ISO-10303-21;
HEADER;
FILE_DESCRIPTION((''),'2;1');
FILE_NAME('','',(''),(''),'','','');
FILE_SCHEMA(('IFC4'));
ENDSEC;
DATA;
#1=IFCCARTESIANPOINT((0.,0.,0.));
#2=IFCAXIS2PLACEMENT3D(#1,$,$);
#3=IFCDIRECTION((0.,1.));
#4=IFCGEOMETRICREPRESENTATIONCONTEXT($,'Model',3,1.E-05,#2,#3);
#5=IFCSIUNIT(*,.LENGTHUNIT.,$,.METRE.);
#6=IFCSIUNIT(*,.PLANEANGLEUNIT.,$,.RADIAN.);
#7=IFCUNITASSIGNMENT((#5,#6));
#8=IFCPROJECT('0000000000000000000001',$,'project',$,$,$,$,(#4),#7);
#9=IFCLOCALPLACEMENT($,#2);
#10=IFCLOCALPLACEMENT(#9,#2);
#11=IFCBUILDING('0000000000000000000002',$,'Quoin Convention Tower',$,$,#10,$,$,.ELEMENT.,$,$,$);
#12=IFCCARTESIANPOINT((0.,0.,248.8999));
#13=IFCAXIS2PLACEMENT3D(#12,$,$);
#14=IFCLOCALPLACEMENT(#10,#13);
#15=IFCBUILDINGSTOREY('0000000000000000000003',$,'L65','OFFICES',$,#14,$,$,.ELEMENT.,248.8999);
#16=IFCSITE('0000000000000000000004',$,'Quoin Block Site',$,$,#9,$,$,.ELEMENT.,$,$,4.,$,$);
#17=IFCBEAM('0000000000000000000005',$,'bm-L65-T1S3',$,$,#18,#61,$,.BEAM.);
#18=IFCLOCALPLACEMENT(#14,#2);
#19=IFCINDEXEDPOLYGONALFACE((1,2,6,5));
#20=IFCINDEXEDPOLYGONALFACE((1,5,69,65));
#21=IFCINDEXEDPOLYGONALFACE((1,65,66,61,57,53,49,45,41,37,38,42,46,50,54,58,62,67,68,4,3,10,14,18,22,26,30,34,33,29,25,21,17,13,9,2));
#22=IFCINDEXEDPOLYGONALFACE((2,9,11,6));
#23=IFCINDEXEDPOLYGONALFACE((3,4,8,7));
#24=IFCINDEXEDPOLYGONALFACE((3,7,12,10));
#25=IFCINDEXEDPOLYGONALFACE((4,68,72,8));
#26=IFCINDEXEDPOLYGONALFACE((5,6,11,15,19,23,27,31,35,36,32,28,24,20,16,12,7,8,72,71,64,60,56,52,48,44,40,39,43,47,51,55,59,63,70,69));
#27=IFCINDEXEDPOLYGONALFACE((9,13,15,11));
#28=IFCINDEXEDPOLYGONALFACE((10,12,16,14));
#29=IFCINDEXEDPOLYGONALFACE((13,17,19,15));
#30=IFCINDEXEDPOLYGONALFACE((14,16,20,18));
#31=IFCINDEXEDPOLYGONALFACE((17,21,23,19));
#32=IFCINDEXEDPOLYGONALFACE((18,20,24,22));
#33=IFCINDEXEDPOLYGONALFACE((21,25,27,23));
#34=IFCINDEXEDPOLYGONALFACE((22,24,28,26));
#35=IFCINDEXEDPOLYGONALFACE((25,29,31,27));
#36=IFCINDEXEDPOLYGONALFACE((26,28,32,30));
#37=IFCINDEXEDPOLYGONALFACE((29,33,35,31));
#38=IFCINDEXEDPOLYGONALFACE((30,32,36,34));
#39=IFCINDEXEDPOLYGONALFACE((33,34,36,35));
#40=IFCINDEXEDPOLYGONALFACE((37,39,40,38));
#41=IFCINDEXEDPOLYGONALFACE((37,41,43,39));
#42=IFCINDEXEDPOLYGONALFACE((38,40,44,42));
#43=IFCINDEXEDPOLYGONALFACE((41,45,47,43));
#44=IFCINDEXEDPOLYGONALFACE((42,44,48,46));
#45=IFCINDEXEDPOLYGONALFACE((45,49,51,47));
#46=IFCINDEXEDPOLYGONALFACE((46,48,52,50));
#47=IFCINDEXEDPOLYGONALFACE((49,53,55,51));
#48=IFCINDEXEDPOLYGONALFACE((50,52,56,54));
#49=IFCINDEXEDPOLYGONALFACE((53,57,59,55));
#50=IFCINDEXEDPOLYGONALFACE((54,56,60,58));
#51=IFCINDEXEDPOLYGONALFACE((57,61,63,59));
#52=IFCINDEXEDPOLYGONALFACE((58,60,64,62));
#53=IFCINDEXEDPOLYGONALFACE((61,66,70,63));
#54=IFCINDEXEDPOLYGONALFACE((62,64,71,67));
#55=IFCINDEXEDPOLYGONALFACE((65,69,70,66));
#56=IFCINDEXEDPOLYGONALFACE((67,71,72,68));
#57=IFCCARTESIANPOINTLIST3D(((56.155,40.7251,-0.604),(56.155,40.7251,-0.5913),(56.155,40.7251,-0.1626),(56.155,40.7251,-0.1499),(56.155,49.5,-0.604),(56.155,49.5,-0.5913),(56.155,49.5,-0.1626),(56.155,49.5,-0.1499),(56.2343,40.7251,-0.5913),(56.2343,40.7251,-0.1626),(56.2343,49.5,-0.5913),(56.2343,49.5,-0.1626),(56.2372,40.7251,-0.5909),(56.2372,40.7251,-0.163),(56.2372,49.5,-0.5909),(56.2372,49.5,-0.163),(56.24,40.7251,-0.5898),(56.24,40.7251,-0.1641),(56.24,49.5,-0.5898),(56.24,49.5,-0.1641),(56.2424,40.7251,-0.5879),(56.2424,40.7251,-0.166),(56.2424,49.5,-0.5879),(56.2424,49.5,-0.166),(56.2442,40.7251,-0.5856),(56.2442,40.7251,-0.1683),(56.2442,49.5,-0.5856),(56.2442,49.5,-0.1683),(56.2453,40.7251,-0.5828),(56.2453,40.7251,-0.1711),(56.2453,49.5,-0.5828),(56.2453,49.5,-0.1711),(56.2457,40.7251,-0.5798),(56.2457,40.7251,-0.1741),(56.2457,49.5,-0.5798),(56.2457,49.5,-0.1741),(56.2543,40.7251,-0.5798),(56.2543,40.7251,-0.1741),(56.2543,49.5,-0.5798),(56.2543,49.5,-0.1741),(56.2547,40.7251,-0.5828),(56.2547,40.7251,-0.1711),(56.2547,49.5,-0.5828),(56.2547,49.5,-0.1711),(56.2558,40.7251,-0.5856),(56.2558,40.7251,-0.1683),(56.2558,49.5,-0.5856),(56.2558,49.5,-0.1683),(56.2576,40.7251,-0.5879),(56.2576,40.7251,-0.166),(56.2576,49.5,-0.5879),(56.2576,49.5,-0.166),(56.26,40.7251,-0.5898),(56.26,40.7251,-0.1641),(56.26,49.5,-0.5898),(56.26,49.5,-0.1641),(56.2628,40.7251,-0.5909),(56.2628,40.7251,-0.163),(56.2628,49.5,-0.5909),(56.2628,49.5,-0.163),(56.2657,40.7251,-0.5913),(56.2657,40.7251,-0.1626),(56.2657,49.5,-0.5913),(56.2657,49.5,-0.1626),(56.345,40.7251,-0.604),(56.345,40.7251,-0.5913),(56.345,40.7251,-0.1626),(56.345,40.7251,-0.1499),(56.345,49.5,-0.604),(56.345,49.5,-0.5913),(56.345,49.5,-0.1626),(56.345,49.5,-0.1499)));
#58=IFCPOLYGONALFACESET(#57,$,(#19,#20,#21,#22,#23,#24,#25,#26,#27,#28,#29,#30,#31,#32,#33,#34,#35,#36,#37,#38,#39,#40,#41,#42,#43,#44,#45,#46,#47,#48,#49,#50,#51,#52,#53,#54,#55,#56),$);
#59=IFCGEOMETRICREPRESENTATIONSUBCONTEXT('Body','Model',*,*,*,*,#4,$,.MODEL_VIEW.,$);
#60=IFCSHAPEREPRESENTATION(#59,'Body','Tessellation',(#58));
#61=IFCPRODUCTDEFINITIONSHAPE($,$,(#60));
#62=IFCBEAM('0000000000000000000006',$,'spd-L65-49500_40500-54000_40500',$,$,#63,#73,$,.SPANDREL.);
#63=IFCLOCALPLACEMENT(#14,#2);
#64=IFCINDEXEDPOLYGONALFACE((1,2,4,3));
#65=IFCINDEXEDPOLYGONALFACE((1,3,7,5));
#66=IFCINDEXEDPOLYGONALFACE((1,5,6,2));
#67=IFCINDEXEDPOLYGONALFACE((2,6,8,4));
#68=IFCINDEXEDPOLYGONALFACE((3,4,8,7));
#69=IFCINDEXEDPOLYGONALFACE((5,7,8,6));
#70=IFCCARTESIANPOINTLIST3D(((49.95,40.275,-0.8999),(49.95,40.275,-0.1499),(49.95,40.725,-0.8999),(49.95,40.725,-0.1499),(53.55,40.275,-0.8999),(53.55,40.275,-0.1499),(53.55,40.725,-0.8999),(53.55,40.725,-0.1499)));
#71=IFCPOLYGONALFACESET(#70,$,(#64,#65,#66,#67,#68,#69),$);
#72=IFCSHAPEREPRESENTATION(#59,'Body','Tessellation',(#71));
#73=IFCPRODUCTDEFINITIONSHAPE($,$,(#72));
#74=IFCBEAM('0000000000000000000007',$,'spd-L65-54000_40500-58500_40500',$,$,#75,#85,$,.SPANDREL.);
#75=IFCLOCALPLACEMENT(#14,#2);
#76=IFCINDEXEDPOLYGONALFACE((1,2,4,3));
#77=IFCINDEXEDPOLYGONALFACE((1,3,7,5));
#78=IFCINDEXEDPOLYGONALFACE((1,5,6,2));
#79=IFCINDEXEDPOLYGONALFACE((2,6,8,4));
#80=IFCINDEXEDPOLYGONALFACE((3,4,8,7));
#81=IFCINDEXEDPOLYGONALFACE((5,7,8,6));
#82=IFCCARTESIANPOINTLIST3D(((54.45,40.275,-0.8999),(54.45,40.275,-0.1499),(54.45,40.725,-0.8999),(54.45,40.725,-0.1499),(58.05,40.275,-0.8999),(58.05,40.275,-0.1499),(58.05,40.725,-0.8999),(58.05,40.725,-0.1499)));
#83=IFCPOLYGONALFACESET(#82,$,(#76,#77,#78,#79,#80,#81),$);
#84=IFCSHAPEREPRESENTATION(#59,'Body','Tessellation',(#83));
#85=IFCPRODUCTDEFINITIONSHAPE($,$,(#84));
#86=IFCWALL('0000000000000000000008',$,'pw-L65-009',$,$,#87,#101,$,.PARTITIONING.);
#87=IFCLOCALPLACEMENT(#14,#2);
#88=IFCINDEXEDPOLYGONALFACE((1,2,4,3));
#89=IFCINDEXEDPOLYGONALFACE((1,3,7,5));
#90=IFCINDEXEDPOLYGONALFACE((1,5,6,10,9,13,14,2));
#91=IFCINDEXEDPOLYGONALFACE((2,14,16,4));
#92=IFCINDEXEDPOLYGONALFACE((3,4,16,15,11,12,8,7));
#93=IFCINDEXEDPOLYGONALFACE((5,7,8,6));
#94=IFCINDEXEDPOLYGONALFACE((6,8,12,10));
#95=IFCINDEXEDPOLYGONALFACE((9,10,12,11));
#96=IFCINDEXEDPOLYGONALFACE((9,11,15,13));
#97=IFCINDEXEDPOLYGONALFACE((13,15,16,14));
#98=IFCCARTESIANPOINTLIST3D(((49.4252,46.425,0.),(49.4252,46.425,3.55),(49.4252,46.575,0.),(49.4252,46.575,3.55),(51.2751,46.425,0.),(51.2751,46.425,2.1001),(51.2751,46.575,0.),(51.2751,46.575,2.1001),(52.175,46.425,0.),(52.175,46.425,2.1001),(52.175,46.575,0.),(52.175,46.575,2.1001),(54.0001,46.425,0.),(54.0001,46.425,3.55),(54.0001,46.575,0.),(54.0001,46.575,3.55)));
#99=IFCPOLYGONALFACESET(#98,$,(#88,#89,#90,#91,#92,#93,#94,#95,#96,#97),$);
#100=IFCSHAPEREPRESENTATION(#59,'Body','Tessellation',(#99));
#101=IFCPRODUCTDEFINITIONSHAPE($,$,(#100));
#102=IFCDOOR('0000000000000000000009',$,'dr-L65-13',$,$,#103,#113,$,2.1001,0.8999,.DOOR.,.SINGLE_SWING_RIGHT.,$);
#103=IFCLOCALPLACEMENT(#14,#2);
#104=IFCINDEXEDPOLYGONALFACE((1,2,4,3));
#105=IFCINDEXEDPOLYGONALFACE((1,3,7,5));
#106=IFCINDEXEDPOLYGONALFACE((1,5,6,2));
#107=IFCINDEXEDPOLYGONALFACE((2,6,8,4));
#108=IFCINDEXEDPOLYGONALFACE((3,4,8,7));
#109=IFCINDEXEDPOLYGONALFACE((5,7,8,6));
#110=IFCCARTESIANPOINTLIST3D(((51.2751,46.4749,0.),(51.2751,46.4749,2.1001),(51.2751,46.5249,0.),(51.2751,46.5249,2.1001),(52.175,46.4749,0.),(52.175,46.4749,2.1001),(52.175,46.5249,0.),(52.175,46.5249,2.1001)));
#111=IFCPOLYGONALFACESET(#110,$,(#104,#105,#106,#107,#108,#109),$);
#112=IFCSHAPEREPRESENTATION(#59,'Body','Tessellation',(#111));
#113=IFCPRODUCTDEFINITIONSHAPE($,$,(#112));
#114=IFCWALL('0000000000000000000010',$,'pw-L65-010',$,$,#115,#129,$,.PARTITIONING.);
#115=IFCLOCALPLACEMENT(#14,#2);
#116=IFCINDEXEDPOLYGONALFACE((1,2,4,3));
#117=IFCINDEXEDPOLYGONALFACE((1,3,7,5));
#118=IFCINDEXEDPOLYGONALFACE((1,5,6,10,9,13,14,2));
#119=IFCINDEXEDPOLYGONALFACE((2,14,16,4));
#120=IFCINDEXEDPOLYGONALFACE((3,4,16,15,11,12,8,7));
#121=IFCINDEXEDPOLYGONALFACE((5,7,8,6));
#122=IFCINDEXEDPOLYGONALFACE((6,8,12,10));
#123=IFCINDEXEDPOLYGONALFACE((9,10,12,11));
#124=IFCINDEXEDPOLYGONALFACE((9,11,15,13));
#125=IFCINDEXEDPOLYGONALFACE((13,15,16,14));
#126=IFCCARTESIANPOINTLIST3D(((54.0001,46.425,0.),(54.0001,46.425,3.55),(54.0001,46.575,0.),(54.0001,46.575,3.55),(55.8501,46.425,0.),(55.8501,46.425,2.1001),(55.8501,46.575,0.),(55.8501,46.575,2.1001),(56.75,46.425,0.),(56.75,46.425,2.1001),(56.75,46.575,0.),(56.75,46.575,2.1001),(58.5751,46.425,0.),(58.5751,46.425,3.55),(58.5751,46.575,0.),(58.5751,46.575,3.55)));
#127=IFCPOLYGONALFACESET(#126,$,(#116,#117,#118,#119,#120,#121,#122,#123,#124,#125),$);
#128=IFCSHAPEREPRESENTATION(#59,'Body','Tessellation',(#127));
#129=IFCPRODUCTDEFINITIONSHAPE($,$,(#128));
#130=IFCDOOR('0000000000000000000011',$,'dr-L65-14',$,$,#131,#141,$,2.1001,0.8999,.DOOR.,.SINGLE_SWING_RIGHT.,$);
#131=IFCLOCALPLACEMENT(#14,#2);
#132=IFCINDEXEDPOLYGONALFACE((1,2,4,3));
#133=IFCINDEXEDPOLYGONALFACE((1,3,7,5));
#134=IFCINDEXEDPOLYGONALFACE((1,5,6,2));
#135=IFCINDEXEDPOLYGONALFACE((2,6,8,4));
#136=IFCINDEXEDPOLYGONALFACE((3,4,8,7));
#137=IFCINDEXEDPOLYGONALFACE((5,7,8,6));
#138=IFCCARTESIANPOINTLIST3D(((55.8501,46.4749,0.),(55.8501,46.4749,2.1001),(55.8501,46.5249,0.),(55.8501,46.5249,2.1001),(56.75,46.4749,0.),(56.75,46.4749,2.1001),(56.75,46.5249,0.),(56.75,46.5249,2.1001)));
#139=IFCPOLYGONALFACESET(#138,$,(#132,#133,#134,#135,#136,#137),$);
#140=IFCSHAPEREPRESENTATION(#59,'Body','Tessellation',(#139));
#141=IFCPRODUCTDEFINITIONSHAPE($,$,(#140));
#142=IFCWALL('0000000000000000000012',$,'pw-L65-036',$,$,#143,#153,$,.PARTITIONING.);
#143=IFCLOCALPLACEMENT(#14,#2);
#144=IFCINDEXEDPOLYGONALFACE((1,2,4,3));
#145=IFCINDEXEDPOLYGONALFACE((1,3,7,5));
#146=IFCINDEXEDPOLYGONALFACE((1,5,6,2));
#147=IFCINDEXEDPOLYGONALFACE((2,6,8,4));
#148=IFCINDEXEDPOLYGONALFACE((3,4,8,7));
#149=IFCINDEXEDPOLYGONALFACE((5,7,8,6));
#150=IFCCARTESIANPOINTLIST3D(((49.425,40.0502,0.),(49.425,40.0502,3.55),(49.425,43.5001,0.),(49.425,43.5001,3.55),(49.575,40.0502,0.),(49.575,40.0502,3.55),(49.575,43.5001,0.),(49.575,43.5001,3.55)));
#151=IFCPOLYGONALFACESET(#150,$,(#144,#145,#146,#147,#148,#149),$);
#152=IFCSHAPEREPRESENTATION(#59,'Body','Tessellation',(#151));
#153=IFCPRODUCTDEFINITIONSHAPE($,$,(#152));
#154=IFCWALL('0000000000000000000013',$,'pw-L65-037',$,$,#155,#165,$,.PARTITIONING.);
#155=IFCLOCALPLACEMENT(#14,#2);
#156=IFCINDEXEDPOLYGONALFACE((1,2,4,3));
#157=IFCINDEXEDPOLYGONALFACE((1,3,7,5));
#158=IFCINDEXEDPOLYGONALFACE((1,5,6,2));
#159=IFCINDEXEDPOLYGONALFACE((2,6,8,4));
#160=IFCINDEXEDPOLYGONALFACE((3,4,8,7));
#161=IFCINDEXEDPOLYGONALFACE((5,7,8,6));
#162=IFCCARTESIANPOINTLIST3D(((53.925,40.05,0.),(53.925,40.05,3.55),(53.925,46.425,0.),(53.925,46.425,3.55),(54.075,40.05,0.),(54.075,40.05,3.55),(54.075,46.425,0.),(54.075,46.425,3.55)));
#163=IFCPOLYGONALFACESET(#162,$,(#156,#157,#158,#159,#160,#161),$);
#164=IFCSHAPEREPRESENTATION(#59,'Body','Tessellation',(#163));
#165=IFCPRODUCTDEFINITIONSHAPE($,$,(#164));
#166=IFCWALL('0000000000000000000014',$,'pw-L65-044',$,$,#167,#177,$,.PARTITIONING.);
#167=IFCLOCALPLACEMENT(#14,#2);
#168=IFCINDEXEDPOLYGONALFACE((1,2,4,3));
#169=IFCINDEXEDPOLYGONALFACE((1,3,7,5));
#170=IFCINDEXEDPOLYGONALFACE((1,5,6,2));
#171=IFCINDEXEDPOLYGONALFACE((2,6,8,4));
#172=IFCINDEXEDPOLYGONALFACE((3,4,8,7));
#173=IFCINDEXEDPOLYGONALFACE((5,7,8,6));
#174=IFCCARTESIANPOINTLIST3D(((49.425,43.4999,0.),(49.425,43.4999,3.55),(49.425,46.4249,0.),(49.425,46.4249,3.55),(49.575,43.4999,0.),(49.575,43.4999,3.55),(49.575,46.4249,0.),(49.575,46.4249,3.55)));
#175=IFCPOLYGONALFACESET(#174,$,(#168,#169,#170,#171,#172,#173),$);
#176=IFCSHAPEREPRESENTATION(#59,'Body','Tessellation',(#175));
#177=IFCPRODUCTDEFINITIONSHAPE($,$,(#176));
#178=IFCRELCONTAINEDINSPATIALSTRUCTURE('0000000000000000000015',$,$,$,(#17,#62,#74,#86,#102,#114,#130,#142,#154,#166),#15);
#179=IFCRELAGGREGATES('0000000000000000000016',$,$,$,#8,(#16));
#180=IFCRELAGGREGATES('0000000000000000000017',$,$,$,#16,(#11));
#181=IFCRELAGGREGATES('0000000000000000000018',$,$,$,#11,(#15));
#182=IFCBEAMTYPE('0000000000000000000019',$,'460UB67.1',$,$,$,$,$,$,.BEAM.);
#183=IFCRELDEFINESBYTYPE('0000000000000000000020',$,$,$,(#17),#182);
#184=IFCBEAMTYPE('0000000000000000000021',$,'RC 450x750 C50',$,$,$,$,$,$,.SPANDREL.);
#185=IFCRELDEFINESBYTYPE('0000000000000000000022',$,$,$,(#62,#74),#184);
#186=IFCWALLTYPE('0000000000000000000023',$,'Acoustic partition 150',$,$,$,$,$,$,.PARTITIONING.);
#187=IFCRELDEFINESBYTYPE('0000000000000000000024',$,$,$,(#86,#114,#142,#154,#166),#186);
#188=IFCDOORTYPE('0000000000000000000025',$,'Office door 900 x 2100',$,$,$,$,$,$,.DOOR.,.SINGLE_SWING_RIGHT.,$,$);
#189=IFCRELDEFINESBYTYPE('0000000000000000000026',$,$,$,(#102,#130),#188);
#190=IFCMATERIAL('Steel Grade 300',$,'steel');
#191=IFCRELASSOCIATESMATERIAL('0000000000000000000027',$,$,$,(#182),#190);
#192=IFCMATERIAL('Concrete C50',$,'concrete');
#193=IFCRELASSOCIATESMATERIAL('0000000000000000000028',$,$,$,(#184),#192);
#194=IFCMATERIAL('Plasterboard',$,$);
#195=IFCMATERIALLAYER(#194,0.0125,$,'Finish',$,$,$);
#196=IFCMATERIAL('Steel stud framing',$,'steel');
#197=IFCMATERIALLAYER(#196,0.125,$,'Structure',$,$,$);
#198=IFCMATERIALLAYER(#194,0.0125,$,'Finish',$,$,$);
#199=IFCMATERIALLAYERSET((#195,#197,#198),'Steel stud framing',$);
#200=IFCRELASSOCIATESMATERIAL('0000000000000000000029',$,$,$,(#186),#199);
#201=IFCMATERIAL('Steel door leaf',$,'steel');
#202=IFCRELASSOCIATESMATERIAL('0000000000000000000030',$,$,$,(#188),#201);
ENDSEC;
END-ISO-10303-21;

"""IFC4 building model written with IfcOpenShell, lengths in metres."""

from ifc_helpers import new_model, si_unit, direction, frame, frame_2d, origin, origin_2d, place, context, subcontext, project, spatial, rectangle, i_section, extrude, material, layer, layer_set, material_profile, profile_set, type_object, element, fill, save


model = new_model("IFC4")

# Units and contexts
model_context = context("Model", 3, precision=1e-05, world=origin(), true_north=direction((0.0, 1.0)))
body_context = subcontext(model_context, "Body", "Model", "MODEL_VIEW")
ifc_project = project(units=[si_unit("LENGTHUNIT", "METRE"), si_unit("PLANEANGLEUNIT", "RADIAN")], contexts=[model_context])

# Site, building, storey
site_placement = place(None, origin())
site = spatial("IfcSite", under=ifc_project, at=site_placement, Name="Quoin Block Site", CompositionType="ELEMENT", RefElevation=4.0)
building_placement = place(site_placement, origin())
building = spatial("IfcBuilding", under=site, at=building_placement, Name="Quoin Convention Tower", CompositionType="ELEMENT")
storey_placement = place(building_placement, frame((0.0, 0.0, 248.8999)))
storey = spatial("IfcBuildingStorey", under=building, at=storey_placement, Name="L65", Description="OFFICES", CompositionType="ELEMENT", Elevation=248.8999)

# Shared definitions
ifc_material_1 = material(Name="Concrete C50", Category="concrete")

# Beams
ifc_material_2 = material(Name="Steel Grade 300", Category="steel")
ifc_material_profile_1 = material_profile(ifc_material_2, i_section(OverallWidth=0.1899, OverallDepth=0.4541, WebThickness=0.0085, FlangeThickness=0.0127, FilletRadius=0.0115, at=origin_2d()), Name="460UB67.1")
ifc_profile_set_1 = profile_set([ifc_material_profile_1], Name="Steel Grade 300")
beam_type_1 = type_object("IfcBeamType", Name="460UB67.1", PredefinedType="BEAM", material=ifc_profile_set_1)
for number, where, z_axis, x_axis, name in (
    (1, (56.25, 40.7251, -0.377), (0.0, 1.0, 0.0), (-1.0, 0.0, 0.0), "bm-L65-T1S3"),
):
    element("IfcBeam", number, at=place(storey_placement, frame(where, z_axis=z_axis, x_axis=x_axis)), inside=storey, type_object=beam_type_1, Name=name, PredefinedType="BEAM", context=body_context, shape_type="SweptSolid", body=[
        extrude(i_section(OverallWidth=0.1899, OverallDepth=0.4541, WebThickness=0.0085, FlangeThickness=0.0127, FilletRadius=0.0115, at=origin_2d()), origin(), (0.0, 0.0, 1.0), 8.7749),
    ])
ifc_material_profile_2 = material_profile(ifc_material_1, rectangle(XDim=0.45, YDim=0.75, at=origin_2d()), Name="RC 450x750")
ifc_profile_set_2 = profile_set([ifc_material_profile_2], Name="Concrete C50")
beam_type_2 = type_object("IfcBeamType", Name="RC 450x750 C50", PredefinedType="SPANDREL", material=ifc_profile_set_2)
for number, where, z_axis, x_axis, name in (
    (2, (49.95, 40.5, -0.5249), (1.0, 0.0, 0.0), (0.0, 1.0, 0.0), "spd-L65-49500_40500-54000_40500"),
    (3, (54.45, 40.5, -0.5249), (1.0, 0.0, 0.0), (0.0, 1.0, 0.0), "spd-L65-54000_40500-58500_40500"),
):
    element("IfcBeam", number, at=place(storey_placement, frame(where, z_axis=z_axis, x_axis=x_axis)), inside=storey, type_object=beam_type_2, Name=name, PredefinedType="SPANDREL", context=body_context, shape_type="SweptSolid", body=[
        extrude(rectangle(XDim=0.45, YDim=0.75, at=origin_2d()), origin(), (0.0, 0.0, 1.0), 3.6001),
    ])

# Walls, openings, doors
ifc_material_3 = material(Name="Plasterboard")
ifc_layer_1 = layer(ifc_material_3, 0.0125, Name="Finish")
ifc_material_4 = material(Name="Steel stud framing", Category="steel")
ifc_layer_2 = layer(ifc_material_4, 0.125, Name="Structure")
ifc_layer_3 = layer(ifc_material_3, 0.0125, Name="Finish")
ifc_layer_set_1 = layer_set([ifc_layer_1, ifc_layer_2, ifc_layer_3], Name="Steel stud framing")
wall_type_1 = type_object("IfcWallType", Name="Acoustic partition 150", PredefinedType="PARTITIONING", material=ifc_layer_set_1)
wall_1_placement = place(storey_placement, frame((49.425, 46.5, 0.0), z_axis=(0.0, 0.0, 1.0), x_axis=(1.0, 0.0, 0.0)))
wall_1 = element("IfcWall", 4, at=wall_1_placement, inside=storey, type_object=wall_type_1, Name="pw-L65-009", PredefinedType="PARTITIONING", context=body_context, shape_type="SweptSolid", body=[
    extrude(rectangle(XDim=4.575, YDim=0.1499, at=frame_2d((2.2876, 0.0))), origin(), (0.0, 0.0, 1.0), 3.55),
])
opening_1_placement = place(wall_1_placement, frame((1.8501, 0.0, 0.0)))
opening_1 = element("IfcOpeningElement", 5, at=opening_1_placement, cuts=wall_1, PredefinedType="OPENING", context=body_context, shape_type="SweptSolid", body=[
    extrude(rectangle(XDim=0.8999, YDim=2.1001, at=frame_2d((0.45, 1.05))), frame((0.0, 0.085, 0.0), z_axis=(0.0, -1.0, 0.0), x_axis=(1.0, 0.0, 0.0)), (0.0, 0.0, 1.0), 0.1699),
])
ifc_material_5 = material(Name="Steel door leaf", Category="steel")
door_type_1 = type_object("IfcDoorType", Name="Office door 900 x 2100", OperationType="SINGLE_SWING_RIGHT", PredefinedType="DOOR", material=ifc_material_5)
door_1_placement = place(opening_1_placement, origin())
door_1 = element("IfcDoor", 6, at=door_1_placement, inside=storey, type_object=door_type_1, Name="dr-L65-13", OperationType="SINGLE_SWING_RIGHT", OverallHeight=2.1001, OverallWidth=0.8999, PredefinedType="DOOR", context=body_context, shape_type="SweptSolid", body=[
    extrude(rectangle(XDim=0.8999, YDim=2.1001, at=frame_2d((0.45, 1.05))), frame((0.0, 0.0249, 0.0), z_axis=(0.0, -1.0, 0.0), x_axis=(1.0, 0.0, 0.0)), (0.0, 0.0, 1.0), 0.05),
])
fill(opening_1, door_1)
wall_2_placement = place(storey_placement, frame((54.0, 46.5, 0.0), z_axis=(0.0, 0.0, 1.0), x_axis=(1.0, 0.0, 0.0)))
wall_2 = element("IfcWall", 7, at=wall_2_placement, inside=storey, type_object=wall_type_1, Name="pw-L65-010", PredefinedType="PARTITIONING", context=body_context, shape_type="SweptSolid", body=[
    extrude(rectangle(XDim=4.575, YDim=0.1499, at=frame_2d((2.2876, 0.0))), origin(), (0.0, 0.0, 1.0), 3.55),
])
opening_2_placement = place(wall_2_placement, frame((1.8501, 0.0, 0.0)))
opening_2 = element("IfcOpeningElement", 8, at=opening_2_placement, cuts=wall_2, PredefinedType="OPENING", context=body_context, shape_type="SweptSolid", body=[
    extrude(rectangle(XDim=0.8999, YDim=2.1001, at=frame_2d((0.45, 1.05))), frame((0.0, 0.085, 0.0), z_axis=(0.0, -1.0, 0.0), x_axis=(1.0, 0.0, 0.0)), (0.0, 0.0, 1.0), 0.1699),
])
door_2_placement = place(opening_2_placement, origin())
door_2 = element("IfcDoor", 9, at=door_2_placement, inside=storey, type_object=door_type_1, Name="dr-L65-14", OperationType="SINGLE_SWING_RIGHT", OverallHeight=2.1001, OverallWidth=0.8999, PredefinedType="DOOR", context=body_context, shape_type="SweptSolid", body=[
    extrude(rectangle(XDim=0.8999, YDim=2.1001, at=frame_2d((0.45, 1.05))), frame((0.0, 0.0249, 0.0), z_axis=(0.0, -1.0, 0.0), x_axis=(1.0, 0.0, 0.0)), (0.0, 0.0, 1.0), 0.05),
])
fill(opening_2, door_2)

# Walls
wall_3_placement = place(storey_placement, frame((49.5, 40.05, 0.0), z_axis=(0.0, 0.0, 1.0), x_axis=(0.0, 1.0, 0.0)))
element("IfcWall", 10, at=wall_3_placement, inside=storey, type_object=wall_type_1, Name="pw-L65-036", PredefinedType="PARTITIONING", context=body_context, shape_type="SweptSolid", body=[
    extrude(rectangle(XDim=3.45, YDim=0.1499, at=frame_2d((1.7251, 0.0))), origin(), (0.0, 0.0, 1.0), 3.55),
])
wall_4_placement = place(storey_placement, frame((54.0, 40.05, 0.0), z_axis=(0.0, 0.0, 1.0), x_axis=(0.0, 1.0, 0.0)))
element("IfcWall", 11, at=wall_4_placement, inside=storey, type_object=wall_type_1, Name="pw-L65-037", PredefinedType="PARTITIONING", context=body_context, shape_type="SweptSolid", body=[
    extrude(rectangle(XDim=6.375, YDim=0.1499, at=frame_2d((3.1875, 0.0))), origin(), (0.0, 0.0, 1.0), 3.55),
])
wall_5_placement = place(storey_placement, frame((49.5, 43.5, 0.0), z_axis=(0.0, 0.0, 1.0), x_axis=(0.0, 1.0, 0.0)))
element("IfcWall", 12, at=wall_5_placement, inside=storey, type_object=wall_type_1, Name="pw-L65-044", PredefinedType="PARTITIONING", context=body_context, shape_type="SweptSolid", body=[
    extrude(rectangle(XDim=2.925, YDim=0.1499, at=frame_2d((1.4624, 0.0))), origin(), (0.0, 0.0, 1.0), 3.55),
])

save(model, "model.ifc")
